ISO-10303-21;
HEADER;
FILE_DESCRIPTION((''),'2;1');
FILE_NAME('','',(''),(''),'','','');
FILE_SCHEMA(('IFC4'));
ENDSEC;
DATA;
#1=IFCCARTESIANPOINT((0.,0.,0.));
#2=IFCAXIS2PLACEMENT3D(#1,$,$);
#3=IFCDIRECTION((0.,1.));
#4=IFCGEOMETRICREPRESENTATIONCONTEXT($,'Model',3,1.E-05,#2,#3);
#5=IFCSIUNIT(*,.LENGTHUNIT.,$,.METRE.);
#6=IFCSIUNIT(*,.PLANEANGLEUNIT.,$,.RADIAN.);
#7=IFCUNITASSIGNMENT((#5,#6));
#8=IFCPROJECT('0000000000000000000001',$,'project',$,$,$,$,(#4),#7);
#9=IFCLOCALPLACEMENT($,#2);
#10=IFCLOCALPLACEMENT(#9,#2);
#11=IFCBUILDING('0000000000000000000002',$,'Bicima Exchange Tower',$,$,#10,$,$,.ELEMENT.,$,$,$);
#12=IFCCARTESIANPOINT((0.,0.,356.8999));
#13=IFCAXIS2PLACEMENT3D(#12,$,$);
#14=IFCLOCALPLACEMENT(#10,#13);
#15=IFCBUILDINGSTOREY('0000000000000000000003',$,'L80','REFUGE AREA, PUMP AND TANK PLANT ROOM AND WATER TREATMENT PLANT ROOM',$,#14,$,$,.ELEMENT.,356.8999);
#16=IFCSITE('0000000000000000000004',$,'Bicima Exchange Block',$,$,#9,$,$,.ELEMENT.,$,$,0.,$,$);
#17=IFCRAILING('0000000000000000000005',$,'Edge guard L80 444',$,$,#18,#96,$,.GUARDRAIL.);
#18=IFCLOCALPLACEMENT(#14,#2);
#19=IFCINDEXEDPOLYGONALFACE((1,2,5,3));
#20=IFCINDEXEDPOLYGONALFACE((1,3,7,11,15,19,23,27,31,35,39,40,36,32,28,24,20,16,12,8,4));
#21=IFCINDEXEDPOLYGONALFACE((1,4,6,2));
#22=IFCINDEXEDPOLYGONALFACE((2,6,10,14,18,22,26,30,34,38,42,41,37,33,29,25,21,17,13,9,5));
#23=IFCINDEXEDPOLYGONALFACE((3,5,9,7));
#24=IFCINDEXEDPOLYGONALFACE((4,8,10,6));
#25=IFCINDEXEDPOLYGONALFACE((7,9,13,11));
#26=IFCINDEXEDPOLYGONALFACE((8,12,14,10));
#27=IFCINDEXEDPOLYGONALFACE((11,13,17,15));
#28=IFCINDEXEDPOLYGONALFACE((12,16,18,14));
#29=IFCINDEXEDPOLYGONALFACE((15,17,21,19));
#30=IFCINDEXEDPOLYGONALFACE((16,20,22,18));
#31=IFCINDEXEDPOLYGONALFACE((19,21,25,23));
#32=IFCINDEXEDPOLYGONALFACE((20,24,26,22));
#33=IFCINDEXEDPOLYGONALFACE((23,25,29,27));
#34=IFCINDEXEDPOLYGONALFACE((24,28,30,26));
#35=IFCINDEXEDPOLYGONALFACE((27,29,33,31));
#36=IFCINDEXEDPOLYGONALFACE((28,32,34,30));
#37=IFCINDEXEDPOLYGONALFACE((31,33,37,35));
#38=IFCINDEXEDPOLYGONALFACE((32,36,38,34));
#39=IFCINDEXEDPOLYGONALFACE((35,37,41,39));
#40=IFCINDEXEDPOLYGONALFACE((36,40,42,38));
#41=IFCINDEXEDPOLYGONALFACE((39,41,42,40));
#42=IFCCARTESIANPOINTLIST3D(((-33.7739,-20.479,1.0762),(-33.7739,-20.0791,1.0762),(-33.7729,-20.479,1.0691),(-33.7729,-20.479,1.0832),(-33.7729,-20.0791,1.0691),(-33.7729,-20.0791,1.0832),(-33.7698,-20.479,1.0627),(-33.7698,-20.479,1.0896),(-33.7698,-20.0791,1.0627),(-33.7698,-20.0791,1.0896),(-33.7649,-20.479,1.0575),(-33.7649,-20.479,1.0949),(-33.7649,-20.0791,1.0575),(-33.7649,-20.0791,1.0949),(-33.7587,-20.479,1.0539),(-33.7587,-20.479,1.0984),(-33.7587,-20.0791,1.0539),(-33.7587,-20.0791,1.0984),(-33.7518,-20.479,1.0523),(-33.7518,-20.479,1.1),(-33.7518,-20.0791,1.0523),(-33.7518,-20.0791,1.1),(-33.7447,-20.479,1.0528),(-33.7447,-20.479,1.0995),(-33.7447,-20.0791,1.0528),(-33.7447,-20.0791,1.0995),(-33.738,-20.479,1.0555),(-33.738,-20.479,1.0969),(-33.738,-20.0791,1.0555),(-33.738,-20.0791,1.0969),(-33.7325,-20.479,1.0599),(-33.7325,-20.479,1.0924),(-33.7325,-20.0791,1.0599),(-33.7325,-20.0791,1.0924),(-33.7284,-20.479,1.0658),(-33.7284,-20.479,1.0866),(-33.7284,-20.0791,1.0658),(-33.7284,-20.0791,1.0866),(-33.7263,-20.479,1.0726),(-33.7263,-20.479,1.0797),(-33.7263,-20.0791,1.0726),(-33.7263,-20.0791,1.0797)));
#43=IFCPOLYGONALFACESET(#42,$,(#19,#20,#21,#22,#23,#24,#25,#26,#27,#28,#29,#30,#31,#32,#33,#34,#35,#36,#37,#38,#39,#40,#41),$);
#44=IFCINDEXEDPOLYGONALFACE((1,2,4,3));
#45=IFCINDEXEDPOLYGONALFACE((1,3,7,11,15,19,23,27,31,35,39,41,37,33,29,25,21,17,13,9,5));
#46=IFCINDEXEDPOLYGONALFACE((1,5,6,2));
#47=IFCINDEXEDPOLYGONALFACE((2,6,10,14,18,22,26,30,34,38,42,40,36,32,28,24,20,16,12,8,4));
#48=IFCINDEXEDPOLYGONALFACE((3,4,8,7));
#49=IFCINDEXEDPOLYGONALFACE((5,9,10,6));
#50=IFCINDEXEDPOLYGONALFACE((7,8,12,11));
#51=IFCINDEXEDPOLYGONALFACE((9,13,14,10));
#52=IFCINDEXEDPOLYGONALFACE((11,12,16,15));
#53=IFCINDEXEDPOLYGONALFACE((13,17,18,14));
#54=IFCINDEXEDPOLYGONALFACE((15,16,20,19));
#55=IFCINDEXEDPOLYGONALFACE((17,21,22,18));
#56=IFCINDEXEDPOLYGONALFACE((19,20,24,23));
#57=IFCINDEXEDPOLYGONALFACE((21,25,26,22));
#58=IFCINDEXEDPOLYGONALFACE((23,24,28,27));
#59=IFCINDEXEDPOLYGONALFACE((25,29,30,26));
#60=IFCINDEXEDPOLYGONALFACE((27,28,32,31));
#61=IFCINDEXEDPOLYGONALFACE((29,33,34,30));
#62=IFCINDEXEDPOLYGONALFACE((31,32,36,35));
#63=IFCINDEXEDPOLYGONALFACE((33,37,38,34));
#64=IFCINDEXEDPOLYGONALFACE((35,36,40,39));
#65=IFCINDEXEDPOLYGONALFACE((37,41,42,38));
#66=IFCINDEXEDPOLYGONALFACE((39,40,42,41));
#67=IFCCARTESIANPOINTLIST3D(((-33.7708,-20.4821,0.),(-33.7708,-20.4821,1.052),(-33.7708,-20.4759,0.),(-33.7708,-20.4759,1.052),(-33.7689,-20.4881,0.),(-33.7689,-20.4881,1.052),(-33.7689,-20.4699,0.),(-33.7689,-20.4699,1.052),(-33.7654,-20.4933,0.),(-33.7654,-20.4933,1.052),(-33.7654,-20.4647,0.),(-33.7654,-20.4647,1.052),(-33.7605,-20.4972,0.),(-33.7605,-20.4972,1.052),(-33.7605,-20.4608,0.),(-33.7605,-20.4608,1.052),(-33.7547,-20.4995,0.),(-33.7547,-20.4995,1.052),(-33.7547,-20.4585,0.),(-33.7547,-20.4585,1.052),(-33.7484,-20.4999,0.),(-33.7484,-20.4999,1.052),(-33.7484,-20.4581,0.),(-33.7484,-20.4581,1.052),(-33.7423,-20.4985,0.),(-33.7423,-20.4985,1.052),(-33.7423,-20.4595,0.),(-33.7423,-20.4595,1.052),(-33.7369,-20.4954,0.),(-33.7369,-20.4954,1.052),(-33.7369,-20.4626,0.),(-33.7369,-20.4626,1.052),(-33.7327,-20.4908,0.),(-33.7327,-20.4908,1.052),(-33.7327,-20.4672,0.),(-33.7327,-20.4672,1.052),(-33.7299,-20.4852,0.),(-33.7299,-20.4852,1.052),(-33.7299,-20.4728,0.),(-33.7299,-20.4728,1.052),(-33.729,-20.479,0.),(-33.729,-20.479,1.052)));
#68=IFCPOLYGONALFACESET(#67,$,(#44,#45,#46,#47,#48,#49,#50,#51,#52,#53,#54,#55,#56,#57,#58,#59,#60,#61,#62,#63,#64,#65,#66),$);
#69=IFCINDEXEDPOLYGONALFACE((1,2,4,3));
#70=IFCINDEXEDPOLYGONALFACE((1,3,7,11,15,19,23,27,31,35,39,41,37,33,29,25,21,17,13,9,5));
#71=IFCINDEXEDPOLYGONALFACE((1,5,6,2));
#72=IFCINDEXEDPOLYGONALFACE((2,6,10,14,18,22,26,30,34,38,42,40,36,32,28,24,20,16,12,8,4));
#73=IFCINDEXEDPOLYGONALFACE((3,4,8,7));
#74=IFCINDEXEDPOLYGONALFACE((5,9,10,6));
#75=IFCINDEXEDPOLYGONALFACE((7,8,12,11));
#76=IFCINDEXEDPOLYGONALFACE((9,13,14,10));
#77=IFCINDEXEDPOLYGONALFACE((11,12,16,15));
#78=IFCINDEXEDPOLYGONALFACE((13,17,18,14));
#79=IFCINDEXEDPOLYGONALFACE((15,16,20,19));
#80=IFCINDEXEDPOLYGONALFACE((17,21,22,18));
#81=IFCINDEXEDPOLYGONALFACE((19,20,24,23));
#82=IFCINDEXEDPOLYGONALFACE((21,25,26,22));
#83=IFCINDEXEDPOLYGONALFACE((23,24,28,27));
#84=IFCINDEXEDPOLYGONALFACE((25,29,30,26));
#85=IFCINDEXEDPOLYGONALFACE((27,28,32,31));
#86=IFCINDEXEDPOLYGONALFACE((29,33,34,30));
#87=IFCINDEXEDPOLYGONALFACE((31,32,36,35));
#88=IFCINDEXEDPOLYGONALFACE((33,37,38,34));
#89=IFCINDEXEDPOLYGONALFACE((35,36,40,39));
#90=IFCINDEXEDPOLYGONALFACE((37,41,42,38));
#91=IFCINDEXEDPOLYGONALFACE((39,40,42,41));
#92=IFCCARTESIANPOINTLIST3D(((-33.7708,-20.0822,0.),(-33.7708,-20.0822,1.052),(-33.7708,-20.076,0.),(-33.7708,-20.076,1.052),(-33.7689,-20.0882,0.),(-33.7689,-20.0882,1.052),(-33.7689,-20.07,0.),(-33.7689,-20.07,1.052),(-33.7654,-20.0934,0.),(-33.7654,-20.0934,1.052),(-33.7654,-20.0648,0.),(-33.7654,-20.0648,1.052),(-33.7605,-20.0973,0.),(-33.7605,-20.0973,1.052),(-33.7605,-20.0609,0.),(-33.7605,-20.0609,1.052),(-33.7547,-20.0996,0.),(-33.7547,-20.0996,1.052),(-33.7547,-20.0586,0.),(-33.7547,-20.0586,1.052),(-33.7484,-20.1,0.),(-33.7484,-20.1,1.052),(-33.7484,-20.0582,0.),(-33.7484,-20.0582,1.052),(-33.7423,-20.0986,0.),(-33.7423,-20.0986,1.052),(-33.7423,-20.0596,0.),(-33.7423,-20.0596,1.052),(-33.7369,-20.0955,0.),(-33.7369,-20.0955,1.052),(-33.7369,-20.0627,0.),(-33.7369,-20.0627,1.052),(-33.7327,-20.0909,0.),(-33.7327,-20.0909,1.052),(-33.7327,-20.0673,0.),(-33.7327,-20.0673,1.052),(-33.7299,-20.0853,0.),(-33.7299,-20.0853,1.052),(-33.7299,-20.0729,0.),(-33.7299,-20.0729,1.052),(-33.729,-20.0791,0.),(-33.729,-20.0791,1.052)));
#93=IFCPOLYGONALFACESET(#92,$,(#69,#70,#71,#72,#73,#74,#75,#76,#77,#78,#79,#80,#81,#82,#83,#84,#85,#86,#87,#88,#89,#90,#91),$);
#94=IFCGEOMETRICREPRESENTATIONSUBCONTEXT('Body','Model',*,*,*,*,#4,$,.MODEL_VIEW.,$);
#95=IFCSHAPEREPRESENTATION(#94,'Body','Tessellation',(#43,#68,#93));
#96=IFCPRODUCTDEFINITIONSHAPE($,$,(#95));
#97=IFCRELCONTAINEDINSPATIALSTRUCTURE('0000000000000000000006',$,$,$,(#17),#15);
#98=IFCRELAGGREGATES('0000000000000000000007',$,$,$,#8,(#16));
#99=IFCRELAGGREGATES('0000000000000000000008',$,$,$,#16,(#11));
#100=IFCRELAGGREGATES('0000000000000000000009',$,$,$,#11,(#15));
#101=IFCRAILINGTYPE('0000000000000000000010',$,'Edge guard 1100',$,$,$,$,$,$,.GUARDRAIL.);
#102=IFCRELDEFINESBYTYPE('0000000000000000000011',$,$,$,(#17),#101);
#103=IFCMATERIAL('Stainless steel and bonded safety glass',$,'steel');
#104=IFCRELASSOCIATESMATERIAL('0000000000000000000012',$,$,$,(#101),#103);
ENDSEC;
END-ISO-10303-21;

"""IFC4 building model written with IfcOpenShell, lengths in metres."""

from ifc_helpers import new_model, si_unit, direction, frame, origin, origin_2d, place, context, subcontext, project, spatial, circle, extrude, material, type_object, element, save


model = new_model("IFC4")

# Units and contexts
model_context = context("Model", 3, precision=1e-05, world=origin(), true_north=direction((0.0, 1.0)))
body_context = subcontext(model_context, "Body", "Model", "MODEL_VIEW")
ifc_project = project(units=[si_unit("LENGTHUNIT", "METRE"), si_unit("PLANEANGLEUNIT", "RADIAN")], contexts=[model_context])

# Site, building, storey
site_placement = place(None, origin())
site = spatial("IfcSite", under=ifc_project, at=site_placement, Name="Bicima Exchange Block", CompositionType="ELEMENT", RefElevation=0.0)
building_placement = place(site_placement, origin())
building = spatial("IfcBuilding", under=site, at=building_placement, Name="Bicima Exchange Tower", CompositionType="ELEMENT")
storey_placement = place(building_placement, frame((0.0, 0.0, 356.8999)))
storey = spatial("IfcBuildingStorey", under=building, at=storey_placement, Name="L80", Description="REFUGE AREA, PUMP AND TANK PLANT ROOM AND WATER TREATMENT PLANT ROOM", CompositionType="ELEMENT", Elevation=356.8999)

# Railing
ifc_material_1 = material(Name="Stainless steel and bonded safety glass", Category="steel")
railing_type = type_object("IfcRailingType", Name="Edge guard 1100", PredefinedType="GUARDRAIL", material=ifc_material_1)
railing_1_placement = place(storey_placement, frame((-33.75, -20.479, 0.0)))
element("IfcRailing", 1, at=railing_1_placement, inside=storey, type_object=railing_type, Name="Edge guard L80 444", PredefinedType="GUARDRAIL", context=body_context, shape_type="SweptSolid", body=[
    extrude(circle(Radius=0.0239, at=origin_2d()), frame((0.0, 0.0, 1.0762), z_axis=(0.0, 1.0, 0.0), x_axis=(-1.0, 0.0, 0.0)), (0.0, 0.0, 1.0), 0.3999),
    extrude(circle(Radius=0.021, at=origin_2d()), origin(), (0.0, 0.0, 1.0), 1.052),
    extrude(circle(Radius=0.021, at=origin_2d()), frame((0.0, 0.3999, 0.0)), (0.0, 0.0, 1.0), 1.052),
])

save(model, "model.ifc")
